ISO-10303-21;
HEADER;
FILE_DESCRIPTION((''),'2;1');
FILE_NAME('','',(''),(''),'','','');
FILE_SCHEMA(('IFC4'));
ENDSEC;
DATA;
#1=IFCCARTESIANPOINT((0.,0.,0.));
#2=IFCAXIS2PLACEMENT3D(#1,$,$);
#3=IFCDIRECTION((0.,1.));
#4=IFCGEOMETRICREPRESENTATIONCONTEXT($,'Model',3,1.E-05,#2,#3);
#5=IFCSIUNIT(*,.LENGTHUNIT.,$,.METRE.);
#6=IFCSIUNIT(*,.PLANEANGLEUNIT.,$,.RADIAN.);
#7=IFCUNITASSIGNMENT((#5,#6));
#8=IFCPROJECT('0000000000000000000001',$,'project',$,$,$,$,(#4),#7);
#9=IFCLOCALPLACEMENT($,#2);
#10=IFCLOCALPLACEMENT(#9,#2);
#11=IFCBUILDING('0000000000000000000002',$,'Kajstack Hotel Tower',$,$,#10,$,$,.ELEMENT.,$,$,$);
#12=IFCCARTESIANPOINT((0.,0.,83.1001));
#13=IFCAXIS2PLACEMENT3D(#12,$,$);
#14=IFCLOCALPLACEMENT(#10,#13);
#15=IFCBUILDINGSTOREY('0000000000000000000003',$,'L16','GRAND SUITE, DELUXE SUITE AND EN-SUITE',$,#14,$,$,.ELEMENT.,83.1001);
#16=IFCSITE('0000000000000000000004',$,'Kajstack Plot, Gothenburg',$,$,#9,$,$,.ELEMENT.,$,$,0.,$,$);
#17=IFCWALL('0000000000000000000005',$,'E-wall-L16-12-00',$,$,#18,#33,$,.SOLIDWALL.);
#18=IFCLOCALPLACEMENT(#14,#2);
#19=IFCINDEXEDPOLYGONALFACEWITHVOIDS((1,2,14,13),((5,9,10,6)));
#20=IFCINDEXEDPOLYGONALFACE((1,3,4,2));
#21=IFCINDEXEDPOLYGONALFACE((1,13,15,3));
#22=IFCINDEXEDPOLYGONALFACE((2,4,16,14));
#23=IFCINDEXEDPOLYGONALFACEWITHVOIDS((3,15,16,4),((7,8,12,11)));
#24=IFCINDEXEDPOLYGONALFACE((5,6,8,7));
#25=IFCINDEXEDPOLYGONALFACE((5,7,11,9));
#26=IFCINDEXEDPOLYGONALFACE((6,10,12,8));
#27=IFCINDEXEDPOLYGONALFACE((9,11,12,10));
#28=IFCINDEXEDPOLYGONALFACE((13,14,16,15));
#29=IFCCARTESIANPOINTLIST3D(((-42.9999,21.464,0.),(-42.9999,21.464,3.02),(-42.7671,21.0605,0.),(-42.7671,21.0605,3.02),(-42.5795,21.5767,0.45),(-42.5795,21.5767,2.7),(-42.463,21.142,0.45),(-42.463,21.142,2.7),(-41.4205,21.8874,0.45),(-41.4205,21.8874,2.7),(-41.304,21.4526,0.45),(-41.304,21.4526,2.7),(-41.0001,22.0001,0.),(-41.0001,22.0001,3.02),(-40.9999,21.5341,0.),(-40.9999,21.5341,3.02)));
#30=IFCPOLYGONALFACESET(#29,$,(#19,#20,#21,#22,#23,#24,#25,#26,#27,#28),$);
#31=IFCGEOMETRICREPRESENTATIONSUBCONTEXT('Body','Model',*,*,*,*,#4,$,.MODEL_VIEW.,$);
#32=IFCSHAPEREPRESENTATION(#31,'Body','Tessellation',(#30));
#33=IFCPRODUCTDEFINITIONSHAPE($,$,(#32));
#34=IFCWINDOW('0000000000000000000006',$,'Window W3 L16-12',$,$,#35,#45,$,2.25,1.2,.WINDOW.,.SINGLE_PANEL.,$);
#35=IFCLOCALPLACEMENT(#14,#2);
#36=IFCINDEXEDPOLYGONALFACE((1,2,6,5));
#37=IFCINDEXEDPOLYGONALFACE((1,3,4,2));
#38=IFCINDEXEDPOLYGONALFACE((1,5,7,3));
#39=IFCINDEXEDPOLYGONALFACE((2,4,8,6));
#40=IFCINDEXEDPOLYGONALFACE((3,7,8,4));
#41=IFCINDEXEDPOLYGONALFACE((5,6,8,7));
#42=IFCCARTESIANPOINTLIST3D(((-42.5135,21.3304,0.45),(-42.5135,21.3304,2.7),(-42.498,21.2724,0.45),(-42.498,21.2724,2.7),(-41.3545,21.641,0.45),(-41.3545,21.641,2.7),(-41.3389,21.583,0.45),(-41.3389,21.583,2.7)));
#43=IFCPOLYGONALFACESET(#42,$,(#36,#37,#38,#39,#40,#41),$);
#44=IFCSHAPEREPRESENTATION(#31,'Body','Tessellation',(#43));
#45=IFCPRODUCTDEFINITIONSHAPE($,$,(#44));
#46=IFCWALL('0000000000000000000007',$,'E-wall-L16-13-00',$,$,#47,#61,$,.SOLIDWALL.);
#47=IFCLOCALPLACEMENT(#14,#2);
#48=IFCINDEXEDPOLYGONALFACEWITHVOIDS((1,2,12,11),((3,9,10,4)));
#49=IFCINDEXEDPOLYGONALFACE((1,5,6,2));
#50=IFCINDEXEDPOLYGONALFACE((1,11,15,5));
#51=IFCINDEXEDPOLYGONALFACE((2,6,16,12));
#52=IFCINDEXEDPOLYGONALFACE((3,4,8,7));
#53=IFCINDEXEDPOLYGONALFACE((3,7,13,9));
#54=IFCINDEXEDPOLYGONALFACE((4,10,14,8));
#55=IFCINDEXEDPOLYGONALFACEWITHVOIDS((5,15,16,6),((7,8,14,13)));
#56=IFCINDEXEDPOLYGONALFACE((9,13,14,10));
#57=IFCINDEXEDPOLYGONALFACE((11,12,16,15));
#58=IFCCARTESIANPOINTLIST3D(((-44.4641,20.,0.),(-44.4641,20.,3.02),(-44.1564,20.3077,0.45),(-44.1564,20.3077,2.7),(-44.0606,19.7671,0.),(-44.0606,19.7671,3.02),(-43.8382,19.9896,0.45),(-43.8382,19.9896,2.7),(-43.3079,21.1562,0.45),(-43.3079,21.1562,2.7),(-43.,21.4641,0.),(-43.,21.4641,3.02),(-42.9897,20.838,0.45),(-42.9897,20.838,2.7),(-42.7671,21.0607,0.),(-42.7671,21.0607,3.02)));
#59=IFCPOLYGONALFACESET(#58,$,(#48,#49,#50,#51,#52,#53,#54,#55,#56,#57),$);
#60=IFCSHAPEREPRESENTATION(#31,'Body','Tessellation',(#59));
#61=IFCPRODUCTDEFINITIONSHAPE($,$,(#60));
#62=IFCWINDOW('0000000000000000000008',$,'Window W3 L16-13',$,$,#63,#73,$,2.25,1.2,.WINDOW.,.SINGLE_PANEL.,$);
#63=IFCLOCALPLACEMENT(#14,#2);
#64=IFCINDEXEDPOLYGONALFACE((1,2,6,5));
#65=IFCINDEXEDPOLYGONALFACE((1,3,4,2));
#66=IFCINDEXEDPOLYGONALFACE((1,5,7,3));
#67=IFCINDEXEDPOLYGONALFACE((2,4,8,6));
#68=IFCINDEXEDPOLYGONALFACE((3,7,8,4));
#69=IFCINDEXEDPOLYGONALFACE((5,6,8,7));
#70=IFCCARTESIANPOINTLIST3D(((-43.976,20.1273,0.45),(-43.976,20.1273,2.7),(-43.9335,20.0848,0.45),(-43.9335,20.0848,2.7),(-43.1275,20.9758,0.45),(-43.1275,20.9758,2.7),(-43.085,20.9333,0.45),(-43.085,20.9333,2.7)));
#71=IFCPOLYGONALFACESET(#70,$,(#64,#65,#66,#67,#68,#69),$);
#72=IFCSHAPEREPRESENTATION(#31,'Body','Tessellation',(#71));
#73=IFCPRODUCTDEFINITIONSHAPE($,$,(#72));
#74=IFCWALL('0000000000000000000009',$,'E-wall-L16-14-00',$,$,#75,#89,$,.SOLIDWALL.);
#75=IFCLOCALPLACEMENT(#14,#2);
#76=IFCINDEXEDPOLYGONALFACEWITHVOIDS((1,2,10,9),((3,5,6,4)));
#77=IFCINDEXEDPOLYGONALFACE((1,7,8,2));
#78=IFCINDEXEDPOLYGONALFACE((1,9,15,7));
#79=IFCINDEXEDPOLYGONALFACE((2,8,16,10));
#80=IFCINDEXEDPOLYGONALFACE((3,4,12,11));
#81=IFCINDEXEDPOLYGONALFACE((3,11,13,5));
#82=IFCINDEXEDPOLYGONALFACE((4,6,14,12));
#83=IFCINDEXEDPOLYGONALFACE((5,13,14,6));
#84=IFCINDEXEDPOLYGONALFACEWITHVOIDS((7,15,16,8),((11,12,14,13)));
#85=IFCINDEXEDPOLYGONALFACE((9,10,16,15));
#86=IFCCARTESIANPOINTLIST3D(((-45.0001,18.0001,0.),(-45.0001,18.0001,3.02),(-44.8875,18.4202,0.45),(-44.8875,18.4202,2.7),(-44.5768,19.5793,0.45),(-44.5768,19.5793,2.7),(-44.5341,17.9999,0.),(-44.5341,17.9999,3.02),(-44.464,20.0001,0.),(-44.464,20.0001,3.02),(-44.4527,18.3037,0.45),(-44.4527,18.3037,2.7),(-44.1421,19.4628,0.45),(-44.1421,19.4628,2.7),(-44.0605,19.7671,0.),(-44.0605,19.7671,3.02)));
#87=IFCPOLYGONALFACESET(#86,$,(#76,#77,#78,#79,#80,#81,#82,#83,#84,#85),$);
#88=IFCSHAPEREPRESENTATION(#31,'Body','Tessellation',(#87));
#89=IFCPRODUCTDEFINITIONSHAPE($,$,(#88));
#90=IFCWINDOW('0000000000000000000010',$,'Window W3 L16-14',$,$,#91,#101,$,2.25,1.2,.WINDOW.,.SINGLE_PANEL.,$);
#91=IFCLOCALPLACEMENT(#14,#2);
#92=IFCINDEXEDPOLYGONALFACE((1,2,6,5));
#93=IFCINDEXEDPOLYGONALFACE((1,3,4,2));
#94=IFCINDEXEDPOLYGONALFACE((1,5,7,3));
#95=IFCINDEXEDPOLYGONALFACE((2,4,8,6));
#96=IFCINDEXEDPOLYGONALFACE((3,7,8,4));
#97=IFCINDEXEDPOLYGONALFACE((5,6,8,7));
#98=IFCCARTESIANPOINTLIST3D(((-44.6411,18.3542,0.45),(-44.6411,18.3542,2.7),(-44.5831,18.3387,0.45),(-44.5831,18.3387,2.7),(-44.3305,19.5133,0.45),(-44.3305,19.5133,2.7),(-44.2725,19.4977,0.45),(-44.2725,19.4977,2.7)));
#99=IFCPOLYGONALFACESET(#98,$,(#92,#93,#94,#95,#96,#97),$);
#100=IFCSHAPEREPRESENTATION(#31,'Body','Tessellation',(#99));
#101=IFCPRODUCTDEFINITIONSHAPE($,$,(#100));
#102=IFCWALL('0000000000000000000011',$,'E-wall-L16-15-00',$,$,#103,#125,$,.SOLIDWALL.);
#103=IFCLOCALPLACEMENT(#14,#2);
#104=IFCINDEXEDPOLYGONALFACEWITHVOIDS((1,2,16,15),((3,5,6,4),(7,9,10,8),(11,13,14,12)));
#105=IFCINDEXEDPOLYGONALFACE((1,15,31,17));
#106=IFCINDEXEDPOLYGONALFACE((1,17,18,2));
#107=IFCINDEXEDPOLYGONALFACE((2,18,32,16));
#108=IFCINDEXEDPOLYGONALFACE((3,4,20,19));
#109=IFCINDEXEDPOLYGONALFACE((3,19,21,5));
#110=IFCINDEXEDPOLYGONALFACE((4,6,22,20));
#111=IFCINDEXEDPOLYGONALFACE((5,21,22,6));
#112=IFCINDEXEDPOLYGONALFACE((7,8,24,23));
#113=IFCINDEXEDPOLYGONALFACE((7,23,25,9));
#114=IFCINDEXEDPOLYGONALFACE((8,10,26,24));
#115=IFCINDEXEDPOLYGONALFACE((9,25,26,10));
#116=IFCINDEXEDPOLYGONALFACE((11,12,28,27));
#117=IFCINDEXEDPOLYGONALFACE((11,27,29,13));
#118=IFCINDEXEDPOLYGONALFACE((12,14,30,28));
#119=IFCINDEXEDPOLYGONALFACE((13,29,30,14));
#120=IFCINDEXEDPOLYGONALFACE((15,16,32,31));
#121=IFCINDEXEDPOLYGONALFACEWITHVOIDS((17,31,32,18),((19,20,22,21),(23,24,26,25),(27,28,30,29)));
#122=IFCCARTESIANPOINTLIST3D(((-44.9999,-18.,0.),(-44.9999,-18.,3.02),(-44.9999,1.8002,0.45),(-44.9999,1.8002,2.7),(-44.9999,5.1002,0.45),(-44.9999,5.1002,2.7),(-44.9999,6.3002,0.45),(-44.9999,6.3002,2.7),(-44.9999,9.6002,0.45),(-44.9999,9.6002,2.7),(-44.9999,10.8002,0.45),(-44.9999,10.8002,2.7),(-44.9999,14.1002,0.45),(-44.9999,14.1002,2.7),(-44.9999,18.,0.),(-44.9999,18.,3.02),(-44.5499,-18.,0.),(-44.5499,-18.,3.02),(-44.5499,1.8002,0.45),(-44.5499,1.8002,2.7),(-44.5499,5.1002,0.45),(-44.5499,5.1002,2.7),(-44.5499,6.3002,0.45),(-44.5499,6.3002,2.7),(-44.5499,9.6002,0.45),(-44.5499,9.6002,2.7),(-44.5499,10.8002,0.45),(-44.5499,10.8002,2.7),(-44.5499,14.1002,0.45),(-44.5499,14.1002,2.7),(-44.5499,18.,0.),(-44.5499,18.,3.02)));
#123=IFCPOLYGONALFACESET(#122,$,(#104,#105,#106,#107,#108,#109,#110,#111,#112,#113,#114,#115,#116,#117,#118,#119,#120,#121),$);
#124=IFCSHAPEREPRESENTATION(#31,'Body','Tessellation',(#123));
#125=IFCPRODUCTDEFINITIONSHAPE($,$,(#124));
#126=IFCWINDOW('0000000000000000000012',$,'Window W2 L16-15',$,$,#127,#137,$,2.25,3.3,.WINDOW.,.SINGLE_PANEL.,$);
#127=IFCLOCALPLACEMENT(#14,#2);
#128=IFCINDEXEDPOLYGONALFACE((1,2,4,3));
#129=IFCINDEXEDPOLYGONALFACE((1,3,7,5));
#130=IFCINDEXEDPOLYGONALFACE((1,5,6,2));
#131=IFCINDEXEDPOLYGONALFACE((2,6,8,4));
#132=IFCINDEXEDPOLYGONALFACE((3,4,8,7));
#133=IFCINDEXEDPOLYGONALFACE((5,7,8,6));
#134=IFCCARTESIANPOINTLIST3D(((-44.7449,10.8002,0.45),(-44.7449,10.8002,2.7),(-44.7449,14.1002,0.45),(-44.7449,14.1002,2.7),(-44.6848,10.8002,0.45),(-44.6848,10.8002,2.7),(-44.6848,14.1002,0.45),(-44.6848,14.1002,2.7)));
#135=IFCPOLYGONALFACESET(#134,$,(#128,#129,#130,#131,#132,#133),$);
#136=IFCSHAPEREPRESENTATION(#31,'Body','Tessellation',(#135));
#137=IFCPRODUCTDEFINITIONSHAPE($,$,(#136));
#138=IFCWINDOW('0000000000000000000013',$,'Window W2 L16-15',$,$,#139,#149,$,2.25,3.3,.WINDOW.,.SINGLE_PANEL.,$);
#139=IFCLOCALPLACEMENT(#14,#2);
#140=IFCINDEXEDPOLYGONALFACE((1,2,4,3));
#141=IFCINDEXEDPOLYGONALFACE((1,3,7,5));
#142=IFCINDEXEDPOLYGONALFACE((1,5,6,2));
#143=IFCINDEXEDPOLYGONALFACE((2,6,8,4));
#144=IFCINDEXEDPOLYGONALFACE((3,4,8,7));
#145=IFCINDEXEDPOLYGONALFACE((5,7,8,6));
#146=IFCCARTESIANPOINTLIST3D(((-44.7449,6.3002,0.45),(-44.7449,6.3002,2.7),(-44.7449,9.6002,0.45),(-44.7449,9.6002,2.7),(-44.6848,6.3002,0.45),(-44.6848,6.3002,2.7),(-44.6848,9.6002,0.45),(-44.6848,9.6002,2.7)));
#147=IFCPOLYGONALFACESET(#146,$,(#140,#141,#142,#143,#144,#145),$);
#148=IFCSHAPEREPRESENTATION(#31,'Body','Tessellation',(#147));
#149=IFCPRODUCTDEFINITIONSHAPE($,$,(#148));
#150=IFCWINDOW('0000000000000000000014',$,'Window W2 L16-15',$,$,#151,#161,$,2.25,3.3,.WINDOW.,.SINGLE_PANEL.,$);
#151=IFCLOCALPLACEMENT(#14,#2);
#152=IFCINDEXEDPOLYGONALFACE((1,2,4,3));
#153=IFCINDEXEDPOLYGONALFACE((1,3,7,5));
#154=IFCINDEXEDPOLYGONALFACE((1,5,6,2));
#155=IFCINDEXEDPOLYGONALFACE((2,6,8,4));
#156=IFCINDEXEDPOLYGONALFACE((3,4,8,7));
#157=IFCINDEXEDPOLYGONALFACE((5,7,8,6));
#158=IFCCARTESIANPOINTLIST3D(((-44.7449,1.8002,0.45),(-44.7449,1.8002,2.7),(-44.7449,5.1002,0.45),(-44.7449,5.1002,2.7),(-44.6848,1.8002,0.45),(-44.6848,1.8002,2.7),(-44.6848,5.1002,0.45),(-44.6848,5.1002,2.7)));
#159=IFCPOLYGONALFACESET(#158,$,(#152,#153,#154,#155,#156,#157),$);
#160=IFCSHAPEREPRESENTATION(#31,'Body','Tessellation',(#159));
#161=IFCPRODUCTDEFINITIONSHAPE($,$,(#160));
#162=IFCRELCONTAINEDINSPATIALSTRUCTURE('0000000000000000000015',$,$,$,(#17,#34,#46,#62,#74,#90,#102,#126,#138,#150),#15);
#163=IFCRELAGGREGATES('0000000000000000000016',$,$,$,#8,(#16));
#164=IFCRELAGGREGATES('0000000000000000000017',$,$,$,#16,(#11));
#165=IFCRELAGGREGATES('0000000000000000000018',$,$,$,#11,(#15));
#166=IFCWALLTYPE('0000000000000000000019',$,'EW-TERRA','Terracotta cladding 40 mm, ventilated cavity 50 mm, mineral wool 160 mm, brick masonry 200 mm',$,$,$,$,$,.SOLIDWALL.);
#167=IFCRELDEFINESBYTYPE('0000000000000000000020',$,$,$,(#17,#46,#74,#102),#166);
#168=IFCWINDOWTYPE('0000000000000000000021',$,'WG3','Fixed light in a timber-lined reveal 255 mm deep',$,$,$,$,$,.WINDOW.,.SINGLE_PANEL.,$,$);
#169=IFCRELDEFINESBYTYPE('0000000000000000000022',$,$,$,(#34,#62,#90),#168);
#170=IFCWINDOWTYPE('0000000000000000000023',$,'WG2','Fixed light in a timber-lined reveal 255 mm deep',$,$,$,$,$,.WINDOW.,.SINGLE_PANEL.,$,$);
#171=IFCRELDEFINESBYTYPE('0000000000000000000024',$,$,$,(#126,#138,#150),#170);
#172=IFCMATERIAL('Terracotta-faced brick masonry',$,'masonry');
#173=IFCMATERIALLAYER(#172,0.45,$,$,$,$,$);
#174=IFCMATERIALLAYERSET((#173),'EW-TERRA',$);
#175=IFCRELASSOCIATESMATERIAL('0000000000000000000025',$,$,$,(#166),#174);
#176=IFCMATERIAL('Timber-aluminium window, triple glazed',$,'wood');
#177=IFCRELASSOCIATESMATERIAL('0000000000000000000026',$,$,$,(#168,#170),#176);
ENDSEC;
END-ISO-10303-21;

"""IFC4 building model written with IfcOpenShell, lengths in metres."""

from ifc_helpers import new_model, si_unit, direction, frame, frame_2d, origin, place, context, subcontext, project, spatial, polyline, rectangle, outline, extrude, material, layer, layer_set, type_object, element, fill, save


model = new_model("IFC4")

# Units and contexts
model_context = context("Model", 3, precision=1e-05, world=origin(), true_north=direction((0.0, 1.0)))
body_context = subcontext(model_context, "Body", "Model", "MODEL_VIEW")
ifc_project = project(units=[si_unit("LENGTHUNIT", "METRE"), si_unit("PLANEANGLEUNIT", "RADIAN")], contexts=[model_context])

# Site, building, storey
site_placement = place(None, origin())
site = spatial("IfcSite", under=ifc_project, at=site_placement, Name="Kajstack Plot, Gothenburg", CompositionType="ELEMENT", RefElevation=0.0)
building_placement = place(site_placement, origin())
building = spatial("IfcBuilding", under=site, at=building_placement, Name="Kajstack Hotel Tower", CompositionType="ELEMENT")
storey_placement = place(building_placement, frame((0.0, 0.0, 83.1001)))
storey = spatial("IfcBuildingStorey", under=building, at=storey_placement, Name="L16", Description="GRAND SUITE, DELUXE SUITE AND EN-SUITE", CompositionType="ELEMENT", Elevation=83.1001)

# Walls, openings, windows
ifc_material_1 = material(Name="Terracotta-faced brick masonry", Category="masonry")
ifc_layer_1 = layer(ifc_material_1, 0.45)
ifc_layer_set_1 = layer_set([ifc_layer_1], Name="EW-TERRA")
wall_type_1 = type_object("IfcWallType", Name="EW-TERRA", Description="Terracotta cladding 40 mm, ventilated cavity 50 mm, mineral wool 160 mm, brick masonry 200 mm", PredefinedType="SOLIDWALL", material=ifc_layer_set_1)
wall_1_placement = place(storey_placement, frame((-40.9417, 21.7827, 0.0), z_axis=(0.0, 0.0, 1.0), x_axis=(-0.965927, -0.258815, 0.0)))
wall_1 = element("IfcWall", 1, at=wall_1_placement, inside=storey, type_object=wall_type_1, Name="E-wall-L16-12-00", PredefinedType="SOLIDWALL", context=body_context, shape_type="SweptSolid", body=[
    extrude(outline(polyline([(0.0002, -0.2251), (2.0706, -0.2249), (1.9502, 0.2251), (0.1206, 0.2251), (0.0002, -0.2251)])), origin(), (0.0, 0.0, 1.0), 3.02),
])
opening_1_placement = place(wall_1_placement, frame((0.4353, 0.0, 0.45)))
opening_1 = element("IfcOpeningElement", 2, at=opening_1_placement, cuts=wall_1, PredefinedType="OPENING", context=body_context, shape_type="SweptSolid", body=[
    extrude(rectangle(XDim=1.2, YDim=2.25, at=frame_2d((0.6001, 1.125))), frame((0.0, 0.2349, 0.0), z_axis=(0.0, -1.0, 0.0), x_axis=(1.0, 0.0, 0.0)), (0.0, 0.0, 1.0), 0.47),
])
ifc_material_2 = material(Name="Timber-aluminium window, triple glazed", Category="wood")
window_type_1 = type_object("IfcWindowType", Name="WG3", Description="Fixed light in a timber-lined reveal 255 mm deep", PartitioningType="SINGLE_PANEL", PredefinedType="WINDOW", material=ifc_material_2)
window_1_placement = place(opening_1_placement, origin())
window_1 = element("IfcWindow", 3, at=window_1_placement, inside=storey, type_object=window_type_1, Name="Window W3 L16-12", OverallHeight=2.25, OverallWidth=1.2, PartitioningType="SINGLE_PANEL", PredefinedType="WINDOW", context=body_context, shape_type="SweptSolid", body=[
    extrude(rectangle(XDim=1.2, YDim=2.25, at=frame_2d((0.6001, 1.125))), frame((0.0, 0.0901, 0.0), z_axis=(0.0, -1.0, 0.0), x_axis=(1.0, 0.0, 0.0)), (0.0, 0.0, 1.0), 0.0601),
])
fill(opening_1, window_1)
wall_2_placement = place(storey_placement, frame((-42.8408, 21.3049, 0.0), z_axis=(0.0, 0.0, 1.0), x_axis=(-0.707107, -0.707107, 0.0)))
wall_2 = element("IfcWall", 4, at=wall_2_placement, inside=storey, type_object=wall_type_1, Name="E-wall-L16-13-00", PredefinedType="SOLIDWALL", context=body_context, shape_type="SweptSolid", body=[
    extrude(outline(polyline([(0.0, -0.2251), (2.0706, -0.2251), (1.95, 0.2249), (0.1206, 0.2249), (0.0, -0.2251)])), origin(), (0.0, 0.0, 1.0), 3.02),
])
opening_2_placement = place(wall_2_placement, frame((0.4353, 0.0, 0.45)))
opening_2 = element("IfcOpeningElement", 5, at=opening_2_placement, cuts=wall_2, PredefinedType="OPENING", context=body_context, shape_type="SweptSolid", body=[
    extrude(rectangle(XDim=1.2, YDim=2.25, at=frame_2d((0.6001, 1.125))), frame((0.0, 0.2349, 0.0), z_axis=(0.0, -1.0, 0.0), x_axis=(1.0, 0.0, 0.0)), (0.0, 0.0, 1.0), 0.47),
])
window_2_placement = place(opening_2_placement, origin())
window_2 = element("IfcWindow", 6, at=window_2_placement, inside=storey, type_object=window_type_1, Name="Window W3 L16-13", OverallHeight=2.25, OverallWidth=1.2, PartitioningType="SINGLE_PANEL", PredefinedType="WINDOW", context=body_context, shape_type="SweptSolid", body=[
    extrude(rectangle(XDim=1.2, YDim=2.25, at=frame_2d((0.6001, 1.125))), frame((0.0, 0.0901, 0.0), z_axis=(0.0, -1.0, 0.0), x_axis=(1.0, 0.0, 0.0)), (0.0, 0.0, 1.0), 0.0601),
])
fill(opening_2, window_2)
wall_3_placement = place(storey_placement, frame((-44.2468, 19.9417, 0.0), z_axis=(0.0, 0.0, 1.0), x_axis=(-0.258815, -0.965927, 0.0)))
wall_3 = element("IfcWall", 7, at=wall_3_placement, inside=storey, type_object=wall_type_1, Name="E-wall-L16-14-00", PredefinedType="SOLIDWALL", context=body_context, shape_type="SweptSolid", body=[
    extrude(outline(polyline([(-0.0002, -0.2249), (2.0703, -0.2251), (1.95, 0.2251), (0.1204, 0.2251), (-0.0002, -0.2249)])), origin(), (0.0, 0.0, 1.0), 3.02),
])
opening_3_placement = place(wall_3_placement, frame((0.4353, 0.0, 0.45)))
opening_3 = element("IfcOpeningElement", 8, at=opening_3_placement, cuts=wall_3, PredefinedType="OPENING", context=body_context, shape_type="SweptSolid", body=[
    extrude(rectangle(XDim=1.2, YDim=2.25, at=frame_2d((0.6001, 1.125))), frame((0.0, 0.2349, 0.0), z_axis=(0.0, -1.0, 0.0), x_axis=(1.0, 0.0, 0.0)), (0.0, 0.0, 1.0), 0.47),
])
window_3_placement = place(opening_3_placement, origin())
window_3 = element("IfcWindow", 9, at=window_3_placement, inside=storey, type_object=window_type_1, Name="Window W3 L16-14", OverallHeight=2.25, OverallWidth=1.2, PartitioningType="SINGLE_PANEL", PredefinedType="WINDOW", context=body_context, shape_type="SweptSolid", body=[
    extrude(rectangle(XDim=1.2, YDim=2.25, at=frame_2d((0.6001, 1.125))), frame((0.0, 0.0901, 0.0), z_axis=(0.0, -1.0, 0.0), x_axis=(1.0, 0.0, 0.0)), (0.0, 0.0, 1.0), 0.0601),
])
fill(opening_3, window_3)

# Wall, openings, windows
wall_4_placement = place(storey_placement, frame((-44.7749, 18.0, 0.0), z_axis=(0.0, 0.0, 1.0), x_axis=(0.0, -1.0, 0.0)))
wall_4 = element("IfcWall", 10, at=wall_4_placement, inside=storey, type_object=wall_type_1, Name="E-wall-L16-15-00", PredefinedType="SOLIDWALL", context=body_context, shape_type="SweptSolid", body=[
    extrude(rectangle(XDim=36.0, YDim=0.45, at=frame_2d((18.0, 0.0))), origin(), (0.0, 0.0, 1.0), 3.02),
])
opening_4_placement = place(wall_4_placement, frame((3.8999, 0.0, 0.45)))
opening_4 = element("IfcOpeningElement", 11, at=opening_4_placement, cuts=wall_4, PredefinedType="OPENING", context=body_context, shape_type="SweptSolid", body=[
    extrude(rectangle(XDim=3.3, YDim=2.25, at=frame_2d((1.6499, 1.125))), frame((0.0, 0.2349, 0.0), z_axis=(0.0, -1.0, 0.0), x_axis=(1.0, 0.0, 0.0)), (0.0, 0.0, 1.0), 0.47),
])
opening_5_placement = place(wall_4_placement, frame((8.3999, 0.0, 0.45)))
opening_5 = element("IfcOpeningElement", 12, at=opening_5_placement, cuts=wall_4, PredefinedType="OPENING", context=body_context, shape_type="SweptSolid", body=[
    extrude(rectangle(XDim=3.3, YDim=2.25, at=frame_2d((1.6499, 1.125))), frame((0.0, 0.2349, 0.0), z_axis=(0.0, -1.0, 0.0), x_axis=(1.0, 0.0, 0.0)), (0.0, 0.0, 1.0), 0.47),
])
opening_6_placement = place(wall_4_placement, frame((12.8999, 0.0, 0.45)))
opening_6 = element("IfcOpeningElement", 13, at=opening_6_placement, cuts=wall_4, PredefinedType="OPENING", context=body_context, shape_type="SweptSolid", body=[
    extrude(rectangle(XDim=3.3, YDim=2.25, at=frame_2d((1.6499, 1.125))), frame((0.0, 0.2349, 0.0), z_axis=(0.0, -1.0, 0.0), x_axis=(1.0, 0.0, 0.0)), (0.0, 0.0, 1.0), 0.47),
])
window_type_2 = type_object("IfcWindowType", Name="WG2", Description="Fixed light in a timber-lined reveal 255 mm deep", PartitioningType="SINGLE_PANEL", PredefinedType="WINDOW", material=ifc_material_2)
window_4_placement = place(opening_4_placement, origin())
window_4 = element("IfcWindow", 14, at=window_4_placement, inside=storey, type_object=window_type_2, Name="Window W2 L16-15", OverallHeight=2.25, OverallWidth=3.3, PartitioningType="SINGLE_PANEL", PredefinedType="WINDOW", context=body_context, shape_type="SweptSolid", body=[
    extrude(rectangle(XDim=3.3, YDim=2.25, at=frame_2d((1.6499, 1.125))), frame((0.0, 0.0901, 0.0), z_axis=(0.0, -1.0, 0.0), x_axis=(1.0, 0.0, 0.0)), (0.0, 0.0, 1.0), 0.0601),
])
fill(opening_4, window_4)
window_5_placement = place(opening_5_placement, origin())
window_5 = element("IfcWindow", 15, at=window_5_placement, inside=storey, type_object=window_type_2, Name="Window W2 L16-15", OverallHeight=2.25, OverallWidth=3.3, PartitioningType="SINGLE_PANEL", PredefinedType="WINDOW", context=body_context, shape_type="SweptSolid", body=[
    extrude(rectangle(XDim=3.3, YDim=2.25, at=frame_2d((1.6499, 1.125))), frame((0.0, 0.0901, 0.0), z_axis=(0.0, -1.0, 0.0), x_axis=(1.0, 0.0, 0.0)), (0.0, 0.0, 1.0), 0.0601),
])
fill(opening_5, window_5)
window_6_placement = place(opening_6_placement, origin())
window_6 = element("IfcWindow", 16, at=window_6_placement, inside=storey, type_object=window_type_2, Name="Window W2 L16-15", OverallHeight=2.25, OverallWidth=3.3, PartitioningType="SINGLE_PANEL", PredefinedType="WINDOW", context=body_context, shape_type="SweptSolid", body=[
    extrude(rectangle(XDim=3.3, YDim=2.25, at=frame_2d((1.6499, 1.125))), frame((0.0, 0.0901, 0.0), z_axis=(0.0, -1.0, 0.0), x_axis=(1.0, 0.0, 0.0)), (0.0, 0.0, 1.0), 0.0601),
])
fill(opening_6, window_6)

save(model, "model.ifc")
